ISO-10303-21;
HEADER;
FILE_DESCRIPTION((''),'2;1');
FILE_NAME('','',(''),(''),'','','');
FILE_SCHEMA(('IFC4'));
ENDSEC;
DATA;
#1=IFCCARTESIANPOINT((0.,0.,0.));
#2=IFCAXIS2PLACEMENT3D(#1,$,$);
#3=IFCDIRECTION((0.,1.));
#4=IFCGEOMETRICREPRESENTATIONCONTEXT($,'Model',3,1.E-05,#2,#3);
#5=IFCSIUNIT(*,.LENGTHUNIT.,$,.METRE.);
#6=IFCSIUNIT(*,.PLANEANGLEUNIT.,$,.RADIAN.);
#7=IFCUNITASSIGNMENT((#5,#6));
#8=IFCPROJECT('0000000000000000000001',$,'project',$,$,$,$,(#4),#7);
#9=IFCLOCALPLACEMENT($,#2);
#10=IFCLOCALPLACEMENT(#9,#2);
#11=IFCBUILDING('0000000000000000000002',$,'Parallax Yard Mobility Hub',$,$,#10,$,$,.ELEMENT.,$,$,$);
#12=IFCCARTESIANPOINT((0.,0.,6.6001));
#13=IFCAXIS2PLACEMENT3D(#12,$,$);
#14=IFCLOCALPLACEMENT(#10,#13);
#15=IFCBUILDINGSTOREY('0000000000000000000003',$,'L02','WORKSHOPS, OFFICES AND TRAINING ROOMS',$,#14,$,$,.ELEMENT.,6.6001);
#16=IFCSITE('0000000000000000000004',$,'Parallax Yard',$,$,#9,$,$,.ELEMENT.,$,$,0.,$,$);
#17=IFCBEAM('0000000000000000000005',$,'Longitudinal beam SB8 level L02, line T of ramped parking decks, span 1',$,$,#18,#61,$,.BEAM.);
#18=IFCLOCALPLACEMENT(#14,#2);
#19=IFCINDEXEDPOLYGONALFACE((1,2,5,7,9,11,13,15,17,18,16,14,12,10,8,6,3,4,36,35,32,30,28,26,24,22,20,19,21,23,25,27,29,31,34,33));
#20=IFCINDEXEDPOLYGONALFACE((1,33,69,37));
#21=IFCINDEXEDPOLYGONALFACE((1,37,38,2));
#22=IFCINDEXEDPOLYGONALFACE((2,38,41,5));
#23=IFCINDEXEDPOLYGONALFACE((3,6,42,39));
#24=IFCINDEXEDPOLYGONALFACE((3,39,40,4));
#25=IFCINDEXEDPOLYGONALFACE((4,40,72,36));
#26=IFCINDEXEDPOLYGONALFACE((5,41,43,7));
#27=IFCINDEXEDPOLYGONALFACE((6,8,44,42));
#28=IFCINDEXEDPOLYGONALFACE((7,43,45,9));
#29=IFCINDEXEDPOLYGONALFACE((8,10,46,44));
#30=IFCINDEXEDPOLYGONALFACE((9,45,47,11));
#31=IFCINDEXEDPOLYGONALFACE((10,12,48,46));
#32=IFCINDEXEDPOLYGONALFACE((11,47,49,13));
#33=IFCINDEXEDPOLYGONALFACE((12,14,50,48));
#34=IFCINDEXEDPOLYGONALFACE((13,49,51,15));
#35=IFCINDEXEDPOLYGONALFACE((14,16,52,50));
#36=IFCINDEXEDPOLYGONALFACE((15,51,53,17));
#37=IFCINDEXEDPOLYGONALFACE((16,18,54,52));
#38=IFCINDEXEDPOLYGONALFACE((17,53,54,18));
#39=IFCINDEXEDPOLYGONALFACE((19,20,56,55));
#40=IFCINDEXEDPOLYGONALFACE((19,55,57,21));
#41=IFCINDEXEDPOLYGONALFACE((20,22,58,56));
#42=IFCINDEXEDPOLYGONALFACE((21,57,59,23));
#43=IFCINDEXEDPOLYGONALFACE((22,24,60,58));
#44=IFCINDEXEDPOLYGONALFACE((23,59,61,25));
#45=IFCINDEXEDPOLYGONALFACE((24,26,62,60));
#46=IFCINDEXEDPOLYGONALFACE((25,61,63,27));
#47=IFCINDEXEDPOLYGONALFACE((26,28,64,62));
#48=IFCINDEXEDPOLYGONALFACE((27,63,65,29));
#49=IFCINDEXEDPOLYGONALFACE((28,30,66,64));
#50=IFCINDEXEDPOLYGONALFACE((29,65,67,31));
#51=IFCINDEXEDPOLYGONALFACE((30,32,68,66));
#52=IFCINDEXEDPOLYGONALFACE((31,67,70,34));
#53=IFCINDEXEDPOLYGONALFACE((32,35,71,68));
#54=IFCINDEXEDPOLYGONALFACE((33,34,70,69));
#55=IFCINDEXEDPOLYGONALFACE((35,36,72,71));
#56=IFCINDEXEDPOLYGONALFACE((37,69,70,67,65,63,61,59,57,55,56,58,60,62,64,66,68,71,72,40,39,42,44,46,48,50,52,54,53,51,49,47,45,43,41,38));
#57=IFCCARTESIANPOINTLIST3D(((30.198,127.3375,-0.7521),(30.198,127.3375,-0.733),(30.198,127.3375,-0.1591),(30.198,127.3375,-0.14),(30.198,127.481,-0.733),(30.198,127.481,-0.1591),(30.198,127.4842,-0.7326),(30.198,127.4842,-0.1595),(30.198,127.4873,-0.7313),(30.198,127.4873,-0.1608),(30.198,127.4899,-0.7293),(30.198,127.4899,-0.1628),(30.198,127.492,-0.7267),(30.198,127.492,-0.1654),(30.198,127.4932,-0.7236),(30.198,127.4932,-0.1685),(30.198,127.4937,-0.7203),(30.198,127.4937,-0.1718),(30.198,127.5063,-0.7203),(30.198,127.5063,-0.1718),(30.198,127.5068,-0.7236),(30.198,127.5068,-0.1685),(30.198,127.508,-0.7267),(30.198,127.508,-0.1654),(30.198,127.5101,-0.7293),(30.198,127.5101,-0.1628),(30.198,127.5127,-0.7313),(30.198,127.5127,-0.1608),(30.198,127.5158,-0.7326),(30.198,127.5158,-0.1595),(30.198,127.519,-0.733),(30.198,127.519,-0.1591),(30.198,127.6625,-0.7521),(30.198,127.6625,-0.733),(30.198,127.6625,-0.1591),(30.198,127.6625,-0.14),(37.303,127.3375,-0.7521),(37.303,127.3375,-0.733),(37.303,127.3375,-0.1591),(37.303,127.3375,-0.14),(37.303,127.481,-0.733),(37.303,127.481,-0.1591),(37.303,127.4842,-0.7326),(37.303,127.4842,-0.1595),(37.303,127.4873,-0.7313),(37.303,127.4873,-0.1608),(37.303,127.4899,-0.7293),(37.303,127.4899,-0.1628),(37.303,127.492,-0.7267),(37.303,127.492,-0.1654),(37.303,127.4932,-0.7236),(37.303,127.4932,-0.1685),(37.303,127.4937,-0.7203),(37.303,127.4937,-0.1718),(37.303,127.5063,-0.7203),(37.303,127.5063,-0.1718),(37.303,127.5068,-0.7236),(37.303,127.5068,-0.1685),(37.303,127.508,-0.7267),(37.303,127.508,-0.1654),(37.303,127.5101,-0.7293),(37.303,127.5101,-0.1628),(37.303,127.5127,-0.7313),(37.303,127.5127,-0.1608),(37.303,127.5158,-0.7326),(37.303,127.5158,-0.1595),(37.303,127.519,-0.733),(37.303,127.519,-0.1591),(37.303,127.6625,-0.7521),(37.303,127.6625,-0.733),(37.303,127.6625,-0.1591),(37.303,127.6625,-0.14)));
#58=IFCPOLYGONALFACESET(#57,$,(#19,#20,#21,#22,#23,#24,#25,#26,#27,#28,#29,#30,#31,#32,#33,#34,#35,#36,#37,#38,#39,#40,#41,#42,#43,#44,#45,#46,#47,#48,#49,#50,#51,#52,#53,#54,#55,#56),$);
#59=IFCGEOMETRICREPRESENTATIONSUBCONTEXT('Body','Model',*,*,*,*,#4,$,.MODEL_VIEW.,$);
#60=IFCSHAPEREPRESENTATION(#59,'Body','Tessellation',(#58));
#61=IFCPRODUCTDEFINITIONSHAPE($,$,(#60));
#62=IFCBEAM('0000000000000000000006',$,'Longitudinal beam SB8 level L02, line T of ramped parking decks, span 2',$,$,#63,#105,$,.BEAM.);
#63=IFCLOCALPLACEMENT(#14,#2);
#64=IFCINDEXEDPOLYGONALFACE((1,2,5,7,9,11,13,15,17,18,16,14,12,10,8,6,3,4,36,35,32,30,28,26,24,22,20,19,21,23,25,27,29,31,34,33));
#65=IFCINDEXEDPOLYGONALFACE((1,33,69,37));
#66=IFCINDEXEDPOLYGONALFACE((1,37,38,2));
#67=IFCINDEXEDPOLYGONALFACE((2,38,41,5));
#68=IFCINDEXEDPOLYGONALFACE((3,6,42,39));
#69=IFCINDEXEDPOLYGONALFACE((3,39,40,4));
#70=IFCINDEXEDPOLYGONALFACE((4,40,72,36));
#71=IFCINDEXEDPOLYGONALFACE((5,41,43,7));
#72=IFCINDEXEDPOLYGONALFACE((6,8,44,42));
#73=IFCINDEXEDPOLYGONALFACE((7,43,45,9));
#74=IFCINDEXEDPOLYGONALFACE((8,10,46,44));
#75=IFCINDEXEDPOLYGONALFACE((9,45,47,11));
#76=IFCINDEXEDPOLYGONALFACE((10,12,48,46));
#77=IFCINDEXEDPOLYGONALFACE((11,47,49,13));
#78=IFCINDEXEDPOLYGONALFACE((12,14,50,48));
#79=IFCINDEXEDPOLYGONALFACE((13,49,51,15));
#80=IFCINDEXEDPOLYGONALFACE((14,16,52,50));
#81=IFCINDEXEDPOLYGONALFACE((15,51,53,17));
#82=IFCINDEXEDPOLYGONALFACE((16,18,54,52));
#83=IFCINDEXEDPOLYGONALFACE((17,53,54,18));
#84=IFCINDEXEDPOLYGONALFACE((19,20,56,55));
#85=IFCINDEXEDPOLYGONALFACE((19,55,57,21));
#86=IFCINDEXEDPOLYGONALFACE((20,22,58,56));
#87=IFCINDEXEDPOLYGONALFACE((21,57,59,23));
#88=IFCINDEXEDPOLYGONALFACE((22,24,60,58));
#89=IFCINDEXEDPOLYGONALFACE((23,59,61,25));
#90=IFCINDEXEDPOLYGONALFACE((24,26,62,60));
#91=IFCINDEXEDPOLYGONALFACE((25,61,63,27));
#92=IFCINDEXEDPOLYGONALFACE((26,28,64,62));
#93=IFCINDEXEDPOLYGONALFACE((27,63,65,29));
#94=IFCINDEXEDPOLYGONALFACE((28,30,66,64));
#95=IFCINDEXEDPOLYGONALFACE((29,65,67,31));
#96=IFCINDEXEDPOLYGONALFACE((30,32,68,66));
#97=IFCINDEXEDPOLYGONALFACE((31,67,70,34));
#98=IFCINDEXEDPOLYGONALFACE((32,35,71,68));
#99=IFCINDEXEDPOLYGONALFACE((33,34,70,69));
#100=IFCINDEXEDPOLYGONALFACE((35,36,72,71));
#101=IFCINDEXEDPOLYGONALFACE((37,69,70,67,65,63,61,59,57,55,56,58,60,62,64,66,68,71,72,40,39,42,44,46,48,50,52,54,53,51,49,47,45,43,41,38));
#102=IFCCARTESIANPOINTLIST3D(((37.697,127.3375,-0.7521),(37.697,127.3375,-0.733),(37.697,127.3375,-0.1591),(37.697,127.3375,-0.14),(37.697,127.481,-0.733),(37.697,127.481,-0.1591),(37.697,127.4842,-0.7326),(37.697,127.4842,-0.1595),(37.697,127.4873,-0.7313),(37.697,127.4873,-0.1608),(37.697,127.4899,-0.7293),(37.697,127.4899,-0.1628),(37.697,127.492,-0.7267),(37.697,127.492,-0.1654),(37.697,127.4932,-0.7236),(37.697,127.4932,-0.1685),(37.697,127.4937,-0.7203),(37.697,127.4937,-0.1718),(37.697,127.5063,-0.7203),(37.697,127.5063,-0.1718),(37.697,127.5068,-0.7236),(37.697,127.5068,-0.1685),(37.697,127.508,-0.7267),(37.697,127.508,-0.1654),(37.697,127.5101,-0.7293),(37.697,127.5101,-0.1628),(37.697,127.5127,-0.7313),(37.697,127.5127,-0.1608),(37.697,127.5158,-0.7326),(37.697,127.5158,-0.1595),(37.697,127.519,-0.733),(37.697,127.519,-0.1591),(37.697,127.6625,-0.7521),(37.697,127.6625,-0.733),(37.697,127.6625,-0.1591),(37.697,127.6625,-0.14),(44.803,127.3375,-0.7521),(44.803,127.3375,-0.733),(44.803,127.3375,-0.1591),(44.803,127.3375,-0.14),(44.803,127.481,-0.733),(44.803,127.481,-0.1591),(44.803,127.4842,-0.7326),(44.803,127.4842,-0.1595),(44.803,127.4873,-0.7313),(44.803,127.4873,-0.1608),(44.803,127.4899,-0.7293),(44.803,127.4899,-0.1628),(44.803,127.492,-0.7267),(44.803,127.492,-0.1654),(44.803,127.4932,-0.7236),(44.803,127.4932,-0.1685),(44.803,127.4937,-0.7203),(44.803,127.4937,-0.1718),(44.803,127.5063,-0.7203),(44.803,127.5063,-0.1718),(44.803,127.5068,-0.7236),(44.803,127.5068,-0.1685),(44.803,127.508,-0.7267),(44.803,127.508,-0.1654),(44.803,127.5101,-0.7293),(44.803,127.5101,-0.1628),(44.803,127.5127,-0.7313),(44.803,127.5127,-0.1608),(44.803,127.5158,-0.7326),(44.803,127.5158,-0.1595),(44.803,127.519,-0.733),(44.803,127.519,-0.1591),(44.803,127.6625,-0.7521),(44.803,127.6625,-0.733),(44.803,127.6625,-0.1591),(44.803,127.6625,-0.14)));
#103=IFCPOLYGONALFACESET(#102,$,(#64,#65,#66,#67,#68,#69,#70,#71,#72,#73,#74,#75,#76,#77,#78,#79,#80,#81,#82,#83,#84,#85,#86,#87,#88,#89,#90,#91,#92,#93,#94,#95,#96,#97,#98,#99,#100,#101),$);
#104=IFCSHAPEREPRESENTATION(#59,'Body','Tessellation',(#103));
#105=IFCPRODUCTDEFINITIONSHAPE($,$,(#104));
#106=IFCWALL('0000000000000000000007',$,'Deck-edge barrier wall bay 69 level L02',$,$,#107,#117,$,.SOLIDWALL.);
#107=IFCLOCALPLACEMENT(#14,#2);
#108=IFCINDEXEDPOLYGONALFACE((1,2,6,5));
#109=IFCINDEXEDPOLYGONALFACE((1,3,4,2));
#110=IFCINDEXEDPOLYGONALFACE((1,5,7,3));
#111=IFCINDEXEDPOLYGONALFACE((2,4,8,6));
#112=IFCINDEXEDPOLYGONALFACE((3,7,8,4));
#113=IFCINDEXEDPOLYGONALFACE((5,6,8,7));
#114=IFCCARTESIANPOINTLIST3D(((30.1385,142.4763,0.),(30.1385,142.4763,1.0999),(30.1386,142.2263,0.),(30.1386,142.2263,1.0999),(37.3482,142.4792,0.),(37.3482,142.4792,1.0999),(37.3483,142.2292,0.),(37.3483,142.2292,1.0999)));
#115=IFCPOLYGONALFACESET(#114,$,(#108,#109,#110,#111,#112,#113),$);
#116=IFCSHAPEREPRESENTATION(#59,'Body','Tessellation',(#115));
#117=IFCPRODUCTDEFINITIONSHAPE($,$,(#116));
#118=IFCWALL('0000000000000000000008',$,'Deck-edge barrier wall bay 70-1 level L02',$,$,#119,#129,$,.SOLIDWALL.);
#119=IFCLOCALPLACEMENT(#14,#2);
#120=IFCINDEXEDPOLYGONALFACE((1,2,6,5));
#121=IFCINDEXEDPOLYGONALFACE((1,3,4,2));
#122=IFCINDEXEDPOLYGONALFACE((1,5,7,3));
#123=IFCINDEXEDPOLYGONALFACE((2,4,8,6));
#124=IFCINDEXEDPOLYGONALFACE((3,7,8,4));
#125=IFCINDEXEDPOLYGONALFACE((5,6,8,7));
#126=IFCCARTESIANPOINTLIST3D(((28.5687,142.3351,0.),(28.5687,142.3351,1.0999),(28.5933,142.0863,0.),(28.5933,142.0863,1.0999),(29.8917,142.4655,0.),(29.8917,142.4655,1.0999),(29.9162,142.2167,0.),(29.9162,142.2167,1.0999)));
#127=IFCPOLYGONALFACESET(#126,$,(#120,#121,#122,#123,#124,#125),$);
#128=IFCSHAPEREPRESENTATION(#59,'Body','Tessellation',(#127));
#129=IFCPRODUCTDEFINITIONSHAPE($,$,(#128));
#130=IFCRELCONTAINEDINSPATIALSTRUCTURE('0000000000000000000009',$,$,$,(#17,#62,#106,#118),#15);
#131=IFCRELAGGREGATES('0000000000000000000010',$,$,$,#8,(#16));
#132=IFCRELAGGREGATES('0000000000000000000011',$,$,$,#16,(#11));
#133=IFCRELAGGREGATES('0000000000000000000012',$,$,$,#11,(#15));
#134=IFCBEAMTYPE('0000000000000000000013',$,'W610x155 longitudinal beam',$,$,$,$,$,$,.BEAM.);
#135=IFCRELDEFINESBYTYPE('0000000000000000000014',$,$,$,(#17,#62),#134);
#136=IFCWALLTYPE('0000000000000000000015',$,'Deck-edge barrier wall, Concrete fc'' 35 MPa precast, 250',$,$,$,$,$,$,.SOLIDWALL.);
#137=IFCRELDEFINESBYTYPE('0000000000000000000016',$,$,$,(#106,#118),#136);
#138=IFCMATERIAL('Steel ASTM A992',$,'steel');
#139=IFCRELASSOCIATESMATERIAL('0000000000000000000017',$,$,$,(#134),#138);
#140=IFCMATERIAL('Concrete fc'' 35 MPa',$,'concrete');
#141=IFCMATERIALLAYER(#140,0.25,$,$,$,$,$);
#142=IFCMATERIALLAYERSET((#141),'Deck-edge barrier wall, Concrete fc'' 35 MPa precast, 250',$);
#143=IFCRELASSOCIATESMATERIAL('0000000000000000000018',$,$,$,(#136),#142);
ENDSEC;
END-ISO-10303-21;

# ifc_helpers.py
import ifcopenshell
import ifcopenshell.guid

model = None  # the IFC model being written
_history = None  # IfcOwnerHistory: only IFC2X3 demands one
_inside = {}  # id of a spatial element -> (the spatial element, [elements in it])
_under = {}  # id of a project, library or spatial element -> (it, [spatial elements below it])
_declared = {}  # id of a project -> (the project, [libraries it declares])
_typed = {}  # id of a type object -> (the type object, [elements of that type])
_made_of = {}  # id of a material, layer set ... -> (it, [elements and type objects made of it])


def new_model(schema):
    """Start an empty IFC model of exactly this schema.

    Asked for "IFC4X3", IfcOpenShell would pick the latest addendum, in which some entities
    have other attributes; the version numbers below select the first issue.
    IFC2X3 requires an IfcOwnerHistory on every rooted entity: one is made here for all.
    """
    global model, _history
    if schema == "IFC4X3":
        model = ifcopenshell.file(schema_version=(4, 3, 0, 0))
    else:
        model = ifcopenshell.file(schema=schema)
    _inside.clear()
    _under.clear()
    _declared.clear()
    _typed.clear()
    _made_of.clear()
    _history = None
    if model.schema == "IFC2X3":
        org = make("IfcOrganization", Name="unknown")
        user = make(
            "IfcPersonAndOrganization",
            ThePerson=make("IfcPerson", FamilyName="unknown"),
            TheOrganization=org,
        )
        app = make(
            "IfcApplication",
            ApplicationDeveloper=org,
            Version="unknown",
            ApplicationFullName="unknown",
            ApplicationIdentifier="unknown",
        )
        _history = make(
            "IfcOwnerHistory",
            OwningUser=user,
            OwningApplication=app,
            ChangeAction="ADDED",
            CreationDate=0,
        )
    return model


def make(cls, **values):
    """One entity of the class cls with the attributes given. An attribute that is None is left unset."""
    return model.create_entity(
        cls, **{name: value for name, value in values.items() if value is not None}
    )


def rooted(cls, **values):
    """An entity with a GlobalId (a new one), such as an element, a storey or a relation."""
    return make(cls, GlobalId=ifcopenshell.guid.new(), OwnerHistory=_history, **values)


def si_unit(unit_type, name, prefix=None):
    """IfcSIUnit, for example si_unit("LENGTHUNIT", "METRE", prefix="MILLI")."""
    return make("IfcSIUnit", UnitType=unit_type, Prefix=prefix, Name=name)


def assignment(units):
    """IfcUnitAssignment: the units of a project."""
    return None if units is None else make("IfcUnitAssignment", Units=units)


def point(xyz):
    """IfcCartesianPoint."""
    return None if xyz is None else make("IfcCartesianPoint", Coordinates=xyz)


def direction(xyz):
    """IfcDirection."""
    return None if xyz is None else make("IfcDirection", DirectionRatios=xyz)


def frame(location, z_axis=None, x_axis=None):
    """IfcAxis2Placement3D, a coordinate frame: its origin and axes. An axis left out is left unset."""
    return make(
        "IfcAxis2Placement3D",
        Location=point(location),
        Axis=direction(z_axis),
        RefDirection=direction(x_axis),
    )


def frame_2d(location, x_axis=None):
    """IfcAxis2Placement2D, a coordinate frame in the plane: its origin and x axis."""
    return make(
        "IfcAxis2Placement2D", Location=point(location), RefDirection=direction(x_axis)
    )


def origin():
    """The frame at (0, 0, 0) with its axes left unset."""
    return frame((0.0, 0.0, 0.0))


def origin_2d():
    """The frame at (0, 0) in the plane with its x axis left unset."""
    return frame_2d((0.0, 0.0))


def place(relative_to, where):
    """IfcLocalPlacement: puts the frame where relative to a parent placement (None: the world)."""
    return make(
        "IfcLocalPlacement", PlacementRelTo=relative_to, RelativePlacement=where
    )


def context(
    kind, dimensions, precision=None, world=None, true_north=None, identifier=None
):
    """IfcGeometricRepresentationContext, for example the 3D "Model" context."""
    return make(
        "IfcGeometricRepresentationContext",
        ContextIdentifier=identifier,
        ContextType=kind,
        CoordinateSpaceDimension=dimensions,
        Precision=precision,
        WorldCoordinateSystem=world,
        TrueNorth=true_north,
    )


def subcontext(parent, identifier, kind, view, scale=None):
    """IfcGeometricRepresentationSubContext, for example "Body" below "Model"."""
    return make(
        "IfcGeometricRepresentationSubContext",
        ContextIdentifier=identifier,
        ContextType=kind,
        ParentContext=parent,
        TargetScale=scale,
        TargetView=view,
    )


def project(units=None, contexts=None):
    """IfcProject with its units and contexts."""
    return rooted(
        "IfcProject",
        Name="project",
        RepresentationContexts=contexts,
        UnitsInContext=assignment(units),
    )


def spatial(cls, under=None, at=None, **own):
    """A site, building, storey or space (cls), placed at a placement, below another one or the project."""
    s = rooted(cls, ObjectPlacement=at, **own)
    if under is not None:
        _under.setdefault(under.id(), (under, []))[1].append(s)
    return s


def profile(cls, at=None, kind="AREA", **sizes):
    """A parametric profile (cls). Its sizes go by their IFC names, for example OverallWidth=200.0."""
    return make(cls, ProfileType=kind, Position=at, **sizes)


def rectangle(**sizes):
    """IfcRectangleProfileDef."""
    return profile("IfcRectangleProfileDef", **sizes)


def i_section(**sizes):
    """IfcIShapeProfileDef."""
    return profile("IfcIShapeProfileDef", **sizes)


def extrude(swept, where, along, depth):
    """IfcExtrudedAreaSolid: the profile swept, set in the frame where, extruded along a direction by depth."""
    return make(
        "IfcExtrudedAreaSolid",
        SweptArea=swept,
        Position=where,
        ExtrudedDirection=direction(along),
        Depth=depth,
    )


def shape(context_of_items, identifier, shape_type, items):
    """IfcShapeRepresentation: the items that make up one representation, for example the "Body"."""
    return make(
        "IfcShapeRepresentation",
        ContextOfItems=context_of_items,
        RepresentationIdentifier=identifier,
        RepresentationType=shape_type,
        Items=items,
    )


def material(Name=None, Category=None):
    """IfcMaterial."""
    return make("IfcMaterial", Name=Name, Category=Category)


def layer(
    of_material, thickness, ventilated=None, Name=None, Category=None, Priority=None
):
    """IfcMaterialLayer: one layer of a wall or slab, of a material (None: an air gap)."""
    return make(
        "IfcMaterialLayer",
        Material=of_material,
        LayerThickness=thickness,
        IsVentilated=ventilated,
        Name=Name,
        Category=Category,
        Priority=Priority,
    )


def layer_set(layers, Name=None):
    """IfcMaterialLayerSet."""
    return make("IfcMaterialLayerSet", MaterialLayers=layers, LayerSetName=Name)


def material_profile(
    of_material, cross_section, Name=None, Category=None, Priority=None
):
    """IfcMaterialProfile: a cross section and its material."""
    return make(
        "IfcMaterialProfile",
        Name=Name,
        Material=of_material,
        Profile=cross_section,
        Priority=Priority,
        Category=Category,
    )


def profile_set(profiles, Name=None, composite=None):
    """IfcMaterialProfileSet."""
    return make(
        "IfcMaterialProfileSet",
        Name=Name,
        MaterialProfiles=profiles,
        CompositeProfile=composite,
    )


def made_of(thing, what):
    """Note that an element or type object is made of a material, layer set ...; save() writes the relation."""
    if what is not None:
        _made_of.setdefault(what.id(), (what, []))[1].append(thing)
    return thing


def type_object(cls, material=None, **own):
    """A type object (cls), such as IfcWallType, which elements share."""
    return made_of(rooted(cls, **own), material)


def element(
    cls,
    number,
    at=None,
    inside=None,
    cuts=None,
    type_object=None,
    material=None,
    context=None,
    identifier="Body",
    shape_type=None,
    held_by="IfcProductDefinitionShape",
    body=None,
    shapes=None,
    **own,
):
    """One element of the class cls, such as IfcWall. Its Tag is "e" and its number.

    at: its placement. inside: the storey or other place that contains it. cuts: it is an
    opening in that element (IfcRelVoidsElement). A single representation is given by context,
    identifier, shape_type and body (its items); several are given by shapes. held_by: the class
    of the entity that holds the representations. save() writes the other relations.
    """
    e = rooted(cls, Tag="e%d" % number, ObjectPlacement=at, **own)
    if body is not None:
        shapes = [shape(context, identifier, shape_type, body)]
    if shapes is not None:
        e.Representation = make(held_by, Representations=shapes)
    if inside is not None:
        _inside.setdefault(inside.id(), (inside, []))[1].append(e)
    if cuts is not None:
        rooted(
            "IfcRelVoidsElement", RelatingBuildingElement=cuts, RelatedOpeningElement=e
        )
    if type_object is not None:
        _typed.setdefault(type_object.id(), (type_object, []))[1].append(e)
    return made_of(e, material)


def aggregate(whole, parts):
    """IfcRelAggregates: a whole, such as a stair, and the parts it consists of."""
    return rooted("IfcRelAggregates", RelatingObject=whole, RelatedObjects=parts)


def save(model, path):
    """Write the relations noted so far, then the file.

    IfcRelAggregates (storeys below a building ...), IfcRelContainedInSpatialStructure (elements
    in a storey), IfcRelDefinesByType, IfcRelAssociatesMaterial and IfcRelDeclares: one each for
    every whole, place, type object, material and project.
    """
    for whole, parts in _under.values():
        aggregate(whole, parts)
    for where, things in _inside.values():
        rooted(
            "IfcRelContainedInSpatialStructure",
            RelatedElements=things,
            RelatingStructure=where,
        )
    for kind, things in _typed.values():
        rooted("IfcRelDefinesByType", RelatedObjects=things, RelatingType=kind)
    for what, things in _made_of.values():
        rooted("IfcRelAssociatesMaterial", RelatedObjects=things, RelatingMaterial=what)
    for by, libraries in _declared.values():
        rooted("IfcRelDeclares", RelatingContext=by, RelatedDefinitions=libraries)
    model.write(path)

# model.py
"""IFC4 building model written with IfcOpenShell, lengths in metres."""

from ifc_helpers import new_model, si_unit, direction, frame, frame_2d, origin, origin_2d, place, context, subcontext, project, spatial, rectangle, i_section, extrude, material, layer, layer_set, material_profile, profile_set, type_object, element, save


model = new_model("IFC4")

# Units and contexts
model_context = context("Model", 3, precision=1e-05, world=origin(), true_north=direction((0.0, 1.0)))
body_context = subcontext(model_context, "Body", "Model", "MODEL_VIEW")
ifc_project = project(units=[si_unit("LENGTHUNIT", "METRE"), si_unit("PLANEANGLEUNIT", "RADIAN")], contexts=[model_context])

# Site, building, storey
site_placement = place(None, origin())
site = spatial("IfcSite", under=ifc_project, at=site_placement, Name="Parallax Yard", CompositionType="ELEMENT", RefElevation=0.0)
building_placement = place(site_placement, origin())
building = spatial("IfcBuilding", under=site, at=building_placement, Name="Parallax Yard Mobility Hub", CompositionType="ELEMENT")
storey_placement = place(building_placement, frame((0.0, 0.0, 6.6001)))
storey = spatial("IfcBuildingStorey", under=building, at=storey_placement, Name="L02", Description="WORKSHOPS, OFFICES AND TRAINING ROOMS", CompositionType="ELEMENT", Elevation=6.6001)

# Shared definitions
ifc_material_1 = material(Name="Steel ASTM A992", Category="steel")

# Beams
ifc_material_profile_1 = material_profile(ifc_material_1, i_section(OverallWidth=0.325, OverallDepth=0.6121, WebThickness=0.0127, FlangeThickness=0.019, FilletRadius=0.0127, at=origin_2d()), Name="W610x155")
ifc_profile_set_1 = profile_set([ifc_material_profile_1], Name="Steel ASTM A992")
beam_type_1 = type_object("IfcBeamType", Name="W610x155 longitudinal beam", PredefinedType="BEAM", material=ifc_profile_set_1)
beam_1_placement = place(storey_placement, frame((30.198, 127.5, -0.446), z_axis=(1.0, 0.0, 0.0), x_axis=(0.0, 1.0, 0.0)))
element("IfcBeam", 1, at=beam_1_placement, inside=storey, type_object=beam_type_1, Name="Longitudinal beam SB8 level L02, line T of ramped parking decks, span 1", PredefinedType="BEAM", context=body_context, shape_type="SweptSolid", body=[
    extrude(i_section(OverallWidth=0.325, OverallDepth=0.6121, WebThickness=0.0127, FlangeThickness=0.019, FilletRadius=0.0127, at=origin_2d()), origin(), (0.0, 0.0, 1.0), 7.105),
])
beam_2_placement = place(storey_placement, frame((37.697, 127.5, -0.446), z_axis=(1.0, 0.0, 0.0), x_axis=(0.0, 1.0, 0.0)))
element("IfcBeam", 2, at=beam_2_placement, inside=storey, type_object=beam_type_1, Name="Longitudinal beam SB8 level L02, line T of ramped parking decks, span 2", PredefinedType="BEAM", context=body_context, shape_type="SweptSolid", body=[
    extrude(i_section(OverallWidth=0.325, OverallDepth=0.6121, WebThickness=0.0127, FlangeThickness=0.019, FilletRadius=0.0127, at=origin_2d()), origin(), (0.0, 0.0, 1.0), 7.106),
])

# Walls
ifc_material_2 = material(Name="Concrete fc' 35 MPa", Category="concrete")
ifc_layer_1 = layer(ifc_material_2, 0.25)
ifc_layer_set_1 = layer_set([ifc_layer_1], Name="Deck-edge barrier wall, Concrete fc' 35 MPa precast, 250")
wall_type_1 = type_object("IfcWallType", Name="Deck-edge barrier wall, Concrete fc' 35 MPa precast, 250", PredefinedType="SOLIDWALL", material=ifc_layer_set_1)
wall_1_placement = place(storey_placement, frame((37.3484, 142.3542, 0.0), z_axis=(0.0, 0.0, 1.0), x_axis=(-1.0, -0.000406, 0.0)))
element("IfcWall", 3, at=wall_1_placement, inside=storey, type_object=wall_type_1, Name="Deck-edge barrier wall bay 69 level L02", PredefinedType="SOLIDWALL", context=body_context, shape_type="SweptSolid", body=[
    extrude(rectangle(XDim=7.2097, YDim=0.25, at=frame_2d((3.605, 0.0))), origin(), (0.0, 0.0, 1.0), 1.0999),
])
wall_2_placement = place(storey_placement, frame((29.9038, 142.3411, 0.0), z_axis=(0.0, 0.0, 1.0), x_axis=(-0.99518, -0.098067, 0.0)))
element("IfcWall", 4, at=wall_2_placement, inside=storey, type_object=wall_type_1, Name="Deck-edge barrier wall bay 70-1 level L02", PredefinedType="SOLIDWALL", context=body_context, shape_type="SweptSolid", body=[
    extrude(rectangle(XDim=1.3293, YDim=0.25, at=frame_2d((0.6646, 0.0))), origin(), (0.0, 0.0, 1.0), 1.0999),
])

save(model, "model.ifc")
